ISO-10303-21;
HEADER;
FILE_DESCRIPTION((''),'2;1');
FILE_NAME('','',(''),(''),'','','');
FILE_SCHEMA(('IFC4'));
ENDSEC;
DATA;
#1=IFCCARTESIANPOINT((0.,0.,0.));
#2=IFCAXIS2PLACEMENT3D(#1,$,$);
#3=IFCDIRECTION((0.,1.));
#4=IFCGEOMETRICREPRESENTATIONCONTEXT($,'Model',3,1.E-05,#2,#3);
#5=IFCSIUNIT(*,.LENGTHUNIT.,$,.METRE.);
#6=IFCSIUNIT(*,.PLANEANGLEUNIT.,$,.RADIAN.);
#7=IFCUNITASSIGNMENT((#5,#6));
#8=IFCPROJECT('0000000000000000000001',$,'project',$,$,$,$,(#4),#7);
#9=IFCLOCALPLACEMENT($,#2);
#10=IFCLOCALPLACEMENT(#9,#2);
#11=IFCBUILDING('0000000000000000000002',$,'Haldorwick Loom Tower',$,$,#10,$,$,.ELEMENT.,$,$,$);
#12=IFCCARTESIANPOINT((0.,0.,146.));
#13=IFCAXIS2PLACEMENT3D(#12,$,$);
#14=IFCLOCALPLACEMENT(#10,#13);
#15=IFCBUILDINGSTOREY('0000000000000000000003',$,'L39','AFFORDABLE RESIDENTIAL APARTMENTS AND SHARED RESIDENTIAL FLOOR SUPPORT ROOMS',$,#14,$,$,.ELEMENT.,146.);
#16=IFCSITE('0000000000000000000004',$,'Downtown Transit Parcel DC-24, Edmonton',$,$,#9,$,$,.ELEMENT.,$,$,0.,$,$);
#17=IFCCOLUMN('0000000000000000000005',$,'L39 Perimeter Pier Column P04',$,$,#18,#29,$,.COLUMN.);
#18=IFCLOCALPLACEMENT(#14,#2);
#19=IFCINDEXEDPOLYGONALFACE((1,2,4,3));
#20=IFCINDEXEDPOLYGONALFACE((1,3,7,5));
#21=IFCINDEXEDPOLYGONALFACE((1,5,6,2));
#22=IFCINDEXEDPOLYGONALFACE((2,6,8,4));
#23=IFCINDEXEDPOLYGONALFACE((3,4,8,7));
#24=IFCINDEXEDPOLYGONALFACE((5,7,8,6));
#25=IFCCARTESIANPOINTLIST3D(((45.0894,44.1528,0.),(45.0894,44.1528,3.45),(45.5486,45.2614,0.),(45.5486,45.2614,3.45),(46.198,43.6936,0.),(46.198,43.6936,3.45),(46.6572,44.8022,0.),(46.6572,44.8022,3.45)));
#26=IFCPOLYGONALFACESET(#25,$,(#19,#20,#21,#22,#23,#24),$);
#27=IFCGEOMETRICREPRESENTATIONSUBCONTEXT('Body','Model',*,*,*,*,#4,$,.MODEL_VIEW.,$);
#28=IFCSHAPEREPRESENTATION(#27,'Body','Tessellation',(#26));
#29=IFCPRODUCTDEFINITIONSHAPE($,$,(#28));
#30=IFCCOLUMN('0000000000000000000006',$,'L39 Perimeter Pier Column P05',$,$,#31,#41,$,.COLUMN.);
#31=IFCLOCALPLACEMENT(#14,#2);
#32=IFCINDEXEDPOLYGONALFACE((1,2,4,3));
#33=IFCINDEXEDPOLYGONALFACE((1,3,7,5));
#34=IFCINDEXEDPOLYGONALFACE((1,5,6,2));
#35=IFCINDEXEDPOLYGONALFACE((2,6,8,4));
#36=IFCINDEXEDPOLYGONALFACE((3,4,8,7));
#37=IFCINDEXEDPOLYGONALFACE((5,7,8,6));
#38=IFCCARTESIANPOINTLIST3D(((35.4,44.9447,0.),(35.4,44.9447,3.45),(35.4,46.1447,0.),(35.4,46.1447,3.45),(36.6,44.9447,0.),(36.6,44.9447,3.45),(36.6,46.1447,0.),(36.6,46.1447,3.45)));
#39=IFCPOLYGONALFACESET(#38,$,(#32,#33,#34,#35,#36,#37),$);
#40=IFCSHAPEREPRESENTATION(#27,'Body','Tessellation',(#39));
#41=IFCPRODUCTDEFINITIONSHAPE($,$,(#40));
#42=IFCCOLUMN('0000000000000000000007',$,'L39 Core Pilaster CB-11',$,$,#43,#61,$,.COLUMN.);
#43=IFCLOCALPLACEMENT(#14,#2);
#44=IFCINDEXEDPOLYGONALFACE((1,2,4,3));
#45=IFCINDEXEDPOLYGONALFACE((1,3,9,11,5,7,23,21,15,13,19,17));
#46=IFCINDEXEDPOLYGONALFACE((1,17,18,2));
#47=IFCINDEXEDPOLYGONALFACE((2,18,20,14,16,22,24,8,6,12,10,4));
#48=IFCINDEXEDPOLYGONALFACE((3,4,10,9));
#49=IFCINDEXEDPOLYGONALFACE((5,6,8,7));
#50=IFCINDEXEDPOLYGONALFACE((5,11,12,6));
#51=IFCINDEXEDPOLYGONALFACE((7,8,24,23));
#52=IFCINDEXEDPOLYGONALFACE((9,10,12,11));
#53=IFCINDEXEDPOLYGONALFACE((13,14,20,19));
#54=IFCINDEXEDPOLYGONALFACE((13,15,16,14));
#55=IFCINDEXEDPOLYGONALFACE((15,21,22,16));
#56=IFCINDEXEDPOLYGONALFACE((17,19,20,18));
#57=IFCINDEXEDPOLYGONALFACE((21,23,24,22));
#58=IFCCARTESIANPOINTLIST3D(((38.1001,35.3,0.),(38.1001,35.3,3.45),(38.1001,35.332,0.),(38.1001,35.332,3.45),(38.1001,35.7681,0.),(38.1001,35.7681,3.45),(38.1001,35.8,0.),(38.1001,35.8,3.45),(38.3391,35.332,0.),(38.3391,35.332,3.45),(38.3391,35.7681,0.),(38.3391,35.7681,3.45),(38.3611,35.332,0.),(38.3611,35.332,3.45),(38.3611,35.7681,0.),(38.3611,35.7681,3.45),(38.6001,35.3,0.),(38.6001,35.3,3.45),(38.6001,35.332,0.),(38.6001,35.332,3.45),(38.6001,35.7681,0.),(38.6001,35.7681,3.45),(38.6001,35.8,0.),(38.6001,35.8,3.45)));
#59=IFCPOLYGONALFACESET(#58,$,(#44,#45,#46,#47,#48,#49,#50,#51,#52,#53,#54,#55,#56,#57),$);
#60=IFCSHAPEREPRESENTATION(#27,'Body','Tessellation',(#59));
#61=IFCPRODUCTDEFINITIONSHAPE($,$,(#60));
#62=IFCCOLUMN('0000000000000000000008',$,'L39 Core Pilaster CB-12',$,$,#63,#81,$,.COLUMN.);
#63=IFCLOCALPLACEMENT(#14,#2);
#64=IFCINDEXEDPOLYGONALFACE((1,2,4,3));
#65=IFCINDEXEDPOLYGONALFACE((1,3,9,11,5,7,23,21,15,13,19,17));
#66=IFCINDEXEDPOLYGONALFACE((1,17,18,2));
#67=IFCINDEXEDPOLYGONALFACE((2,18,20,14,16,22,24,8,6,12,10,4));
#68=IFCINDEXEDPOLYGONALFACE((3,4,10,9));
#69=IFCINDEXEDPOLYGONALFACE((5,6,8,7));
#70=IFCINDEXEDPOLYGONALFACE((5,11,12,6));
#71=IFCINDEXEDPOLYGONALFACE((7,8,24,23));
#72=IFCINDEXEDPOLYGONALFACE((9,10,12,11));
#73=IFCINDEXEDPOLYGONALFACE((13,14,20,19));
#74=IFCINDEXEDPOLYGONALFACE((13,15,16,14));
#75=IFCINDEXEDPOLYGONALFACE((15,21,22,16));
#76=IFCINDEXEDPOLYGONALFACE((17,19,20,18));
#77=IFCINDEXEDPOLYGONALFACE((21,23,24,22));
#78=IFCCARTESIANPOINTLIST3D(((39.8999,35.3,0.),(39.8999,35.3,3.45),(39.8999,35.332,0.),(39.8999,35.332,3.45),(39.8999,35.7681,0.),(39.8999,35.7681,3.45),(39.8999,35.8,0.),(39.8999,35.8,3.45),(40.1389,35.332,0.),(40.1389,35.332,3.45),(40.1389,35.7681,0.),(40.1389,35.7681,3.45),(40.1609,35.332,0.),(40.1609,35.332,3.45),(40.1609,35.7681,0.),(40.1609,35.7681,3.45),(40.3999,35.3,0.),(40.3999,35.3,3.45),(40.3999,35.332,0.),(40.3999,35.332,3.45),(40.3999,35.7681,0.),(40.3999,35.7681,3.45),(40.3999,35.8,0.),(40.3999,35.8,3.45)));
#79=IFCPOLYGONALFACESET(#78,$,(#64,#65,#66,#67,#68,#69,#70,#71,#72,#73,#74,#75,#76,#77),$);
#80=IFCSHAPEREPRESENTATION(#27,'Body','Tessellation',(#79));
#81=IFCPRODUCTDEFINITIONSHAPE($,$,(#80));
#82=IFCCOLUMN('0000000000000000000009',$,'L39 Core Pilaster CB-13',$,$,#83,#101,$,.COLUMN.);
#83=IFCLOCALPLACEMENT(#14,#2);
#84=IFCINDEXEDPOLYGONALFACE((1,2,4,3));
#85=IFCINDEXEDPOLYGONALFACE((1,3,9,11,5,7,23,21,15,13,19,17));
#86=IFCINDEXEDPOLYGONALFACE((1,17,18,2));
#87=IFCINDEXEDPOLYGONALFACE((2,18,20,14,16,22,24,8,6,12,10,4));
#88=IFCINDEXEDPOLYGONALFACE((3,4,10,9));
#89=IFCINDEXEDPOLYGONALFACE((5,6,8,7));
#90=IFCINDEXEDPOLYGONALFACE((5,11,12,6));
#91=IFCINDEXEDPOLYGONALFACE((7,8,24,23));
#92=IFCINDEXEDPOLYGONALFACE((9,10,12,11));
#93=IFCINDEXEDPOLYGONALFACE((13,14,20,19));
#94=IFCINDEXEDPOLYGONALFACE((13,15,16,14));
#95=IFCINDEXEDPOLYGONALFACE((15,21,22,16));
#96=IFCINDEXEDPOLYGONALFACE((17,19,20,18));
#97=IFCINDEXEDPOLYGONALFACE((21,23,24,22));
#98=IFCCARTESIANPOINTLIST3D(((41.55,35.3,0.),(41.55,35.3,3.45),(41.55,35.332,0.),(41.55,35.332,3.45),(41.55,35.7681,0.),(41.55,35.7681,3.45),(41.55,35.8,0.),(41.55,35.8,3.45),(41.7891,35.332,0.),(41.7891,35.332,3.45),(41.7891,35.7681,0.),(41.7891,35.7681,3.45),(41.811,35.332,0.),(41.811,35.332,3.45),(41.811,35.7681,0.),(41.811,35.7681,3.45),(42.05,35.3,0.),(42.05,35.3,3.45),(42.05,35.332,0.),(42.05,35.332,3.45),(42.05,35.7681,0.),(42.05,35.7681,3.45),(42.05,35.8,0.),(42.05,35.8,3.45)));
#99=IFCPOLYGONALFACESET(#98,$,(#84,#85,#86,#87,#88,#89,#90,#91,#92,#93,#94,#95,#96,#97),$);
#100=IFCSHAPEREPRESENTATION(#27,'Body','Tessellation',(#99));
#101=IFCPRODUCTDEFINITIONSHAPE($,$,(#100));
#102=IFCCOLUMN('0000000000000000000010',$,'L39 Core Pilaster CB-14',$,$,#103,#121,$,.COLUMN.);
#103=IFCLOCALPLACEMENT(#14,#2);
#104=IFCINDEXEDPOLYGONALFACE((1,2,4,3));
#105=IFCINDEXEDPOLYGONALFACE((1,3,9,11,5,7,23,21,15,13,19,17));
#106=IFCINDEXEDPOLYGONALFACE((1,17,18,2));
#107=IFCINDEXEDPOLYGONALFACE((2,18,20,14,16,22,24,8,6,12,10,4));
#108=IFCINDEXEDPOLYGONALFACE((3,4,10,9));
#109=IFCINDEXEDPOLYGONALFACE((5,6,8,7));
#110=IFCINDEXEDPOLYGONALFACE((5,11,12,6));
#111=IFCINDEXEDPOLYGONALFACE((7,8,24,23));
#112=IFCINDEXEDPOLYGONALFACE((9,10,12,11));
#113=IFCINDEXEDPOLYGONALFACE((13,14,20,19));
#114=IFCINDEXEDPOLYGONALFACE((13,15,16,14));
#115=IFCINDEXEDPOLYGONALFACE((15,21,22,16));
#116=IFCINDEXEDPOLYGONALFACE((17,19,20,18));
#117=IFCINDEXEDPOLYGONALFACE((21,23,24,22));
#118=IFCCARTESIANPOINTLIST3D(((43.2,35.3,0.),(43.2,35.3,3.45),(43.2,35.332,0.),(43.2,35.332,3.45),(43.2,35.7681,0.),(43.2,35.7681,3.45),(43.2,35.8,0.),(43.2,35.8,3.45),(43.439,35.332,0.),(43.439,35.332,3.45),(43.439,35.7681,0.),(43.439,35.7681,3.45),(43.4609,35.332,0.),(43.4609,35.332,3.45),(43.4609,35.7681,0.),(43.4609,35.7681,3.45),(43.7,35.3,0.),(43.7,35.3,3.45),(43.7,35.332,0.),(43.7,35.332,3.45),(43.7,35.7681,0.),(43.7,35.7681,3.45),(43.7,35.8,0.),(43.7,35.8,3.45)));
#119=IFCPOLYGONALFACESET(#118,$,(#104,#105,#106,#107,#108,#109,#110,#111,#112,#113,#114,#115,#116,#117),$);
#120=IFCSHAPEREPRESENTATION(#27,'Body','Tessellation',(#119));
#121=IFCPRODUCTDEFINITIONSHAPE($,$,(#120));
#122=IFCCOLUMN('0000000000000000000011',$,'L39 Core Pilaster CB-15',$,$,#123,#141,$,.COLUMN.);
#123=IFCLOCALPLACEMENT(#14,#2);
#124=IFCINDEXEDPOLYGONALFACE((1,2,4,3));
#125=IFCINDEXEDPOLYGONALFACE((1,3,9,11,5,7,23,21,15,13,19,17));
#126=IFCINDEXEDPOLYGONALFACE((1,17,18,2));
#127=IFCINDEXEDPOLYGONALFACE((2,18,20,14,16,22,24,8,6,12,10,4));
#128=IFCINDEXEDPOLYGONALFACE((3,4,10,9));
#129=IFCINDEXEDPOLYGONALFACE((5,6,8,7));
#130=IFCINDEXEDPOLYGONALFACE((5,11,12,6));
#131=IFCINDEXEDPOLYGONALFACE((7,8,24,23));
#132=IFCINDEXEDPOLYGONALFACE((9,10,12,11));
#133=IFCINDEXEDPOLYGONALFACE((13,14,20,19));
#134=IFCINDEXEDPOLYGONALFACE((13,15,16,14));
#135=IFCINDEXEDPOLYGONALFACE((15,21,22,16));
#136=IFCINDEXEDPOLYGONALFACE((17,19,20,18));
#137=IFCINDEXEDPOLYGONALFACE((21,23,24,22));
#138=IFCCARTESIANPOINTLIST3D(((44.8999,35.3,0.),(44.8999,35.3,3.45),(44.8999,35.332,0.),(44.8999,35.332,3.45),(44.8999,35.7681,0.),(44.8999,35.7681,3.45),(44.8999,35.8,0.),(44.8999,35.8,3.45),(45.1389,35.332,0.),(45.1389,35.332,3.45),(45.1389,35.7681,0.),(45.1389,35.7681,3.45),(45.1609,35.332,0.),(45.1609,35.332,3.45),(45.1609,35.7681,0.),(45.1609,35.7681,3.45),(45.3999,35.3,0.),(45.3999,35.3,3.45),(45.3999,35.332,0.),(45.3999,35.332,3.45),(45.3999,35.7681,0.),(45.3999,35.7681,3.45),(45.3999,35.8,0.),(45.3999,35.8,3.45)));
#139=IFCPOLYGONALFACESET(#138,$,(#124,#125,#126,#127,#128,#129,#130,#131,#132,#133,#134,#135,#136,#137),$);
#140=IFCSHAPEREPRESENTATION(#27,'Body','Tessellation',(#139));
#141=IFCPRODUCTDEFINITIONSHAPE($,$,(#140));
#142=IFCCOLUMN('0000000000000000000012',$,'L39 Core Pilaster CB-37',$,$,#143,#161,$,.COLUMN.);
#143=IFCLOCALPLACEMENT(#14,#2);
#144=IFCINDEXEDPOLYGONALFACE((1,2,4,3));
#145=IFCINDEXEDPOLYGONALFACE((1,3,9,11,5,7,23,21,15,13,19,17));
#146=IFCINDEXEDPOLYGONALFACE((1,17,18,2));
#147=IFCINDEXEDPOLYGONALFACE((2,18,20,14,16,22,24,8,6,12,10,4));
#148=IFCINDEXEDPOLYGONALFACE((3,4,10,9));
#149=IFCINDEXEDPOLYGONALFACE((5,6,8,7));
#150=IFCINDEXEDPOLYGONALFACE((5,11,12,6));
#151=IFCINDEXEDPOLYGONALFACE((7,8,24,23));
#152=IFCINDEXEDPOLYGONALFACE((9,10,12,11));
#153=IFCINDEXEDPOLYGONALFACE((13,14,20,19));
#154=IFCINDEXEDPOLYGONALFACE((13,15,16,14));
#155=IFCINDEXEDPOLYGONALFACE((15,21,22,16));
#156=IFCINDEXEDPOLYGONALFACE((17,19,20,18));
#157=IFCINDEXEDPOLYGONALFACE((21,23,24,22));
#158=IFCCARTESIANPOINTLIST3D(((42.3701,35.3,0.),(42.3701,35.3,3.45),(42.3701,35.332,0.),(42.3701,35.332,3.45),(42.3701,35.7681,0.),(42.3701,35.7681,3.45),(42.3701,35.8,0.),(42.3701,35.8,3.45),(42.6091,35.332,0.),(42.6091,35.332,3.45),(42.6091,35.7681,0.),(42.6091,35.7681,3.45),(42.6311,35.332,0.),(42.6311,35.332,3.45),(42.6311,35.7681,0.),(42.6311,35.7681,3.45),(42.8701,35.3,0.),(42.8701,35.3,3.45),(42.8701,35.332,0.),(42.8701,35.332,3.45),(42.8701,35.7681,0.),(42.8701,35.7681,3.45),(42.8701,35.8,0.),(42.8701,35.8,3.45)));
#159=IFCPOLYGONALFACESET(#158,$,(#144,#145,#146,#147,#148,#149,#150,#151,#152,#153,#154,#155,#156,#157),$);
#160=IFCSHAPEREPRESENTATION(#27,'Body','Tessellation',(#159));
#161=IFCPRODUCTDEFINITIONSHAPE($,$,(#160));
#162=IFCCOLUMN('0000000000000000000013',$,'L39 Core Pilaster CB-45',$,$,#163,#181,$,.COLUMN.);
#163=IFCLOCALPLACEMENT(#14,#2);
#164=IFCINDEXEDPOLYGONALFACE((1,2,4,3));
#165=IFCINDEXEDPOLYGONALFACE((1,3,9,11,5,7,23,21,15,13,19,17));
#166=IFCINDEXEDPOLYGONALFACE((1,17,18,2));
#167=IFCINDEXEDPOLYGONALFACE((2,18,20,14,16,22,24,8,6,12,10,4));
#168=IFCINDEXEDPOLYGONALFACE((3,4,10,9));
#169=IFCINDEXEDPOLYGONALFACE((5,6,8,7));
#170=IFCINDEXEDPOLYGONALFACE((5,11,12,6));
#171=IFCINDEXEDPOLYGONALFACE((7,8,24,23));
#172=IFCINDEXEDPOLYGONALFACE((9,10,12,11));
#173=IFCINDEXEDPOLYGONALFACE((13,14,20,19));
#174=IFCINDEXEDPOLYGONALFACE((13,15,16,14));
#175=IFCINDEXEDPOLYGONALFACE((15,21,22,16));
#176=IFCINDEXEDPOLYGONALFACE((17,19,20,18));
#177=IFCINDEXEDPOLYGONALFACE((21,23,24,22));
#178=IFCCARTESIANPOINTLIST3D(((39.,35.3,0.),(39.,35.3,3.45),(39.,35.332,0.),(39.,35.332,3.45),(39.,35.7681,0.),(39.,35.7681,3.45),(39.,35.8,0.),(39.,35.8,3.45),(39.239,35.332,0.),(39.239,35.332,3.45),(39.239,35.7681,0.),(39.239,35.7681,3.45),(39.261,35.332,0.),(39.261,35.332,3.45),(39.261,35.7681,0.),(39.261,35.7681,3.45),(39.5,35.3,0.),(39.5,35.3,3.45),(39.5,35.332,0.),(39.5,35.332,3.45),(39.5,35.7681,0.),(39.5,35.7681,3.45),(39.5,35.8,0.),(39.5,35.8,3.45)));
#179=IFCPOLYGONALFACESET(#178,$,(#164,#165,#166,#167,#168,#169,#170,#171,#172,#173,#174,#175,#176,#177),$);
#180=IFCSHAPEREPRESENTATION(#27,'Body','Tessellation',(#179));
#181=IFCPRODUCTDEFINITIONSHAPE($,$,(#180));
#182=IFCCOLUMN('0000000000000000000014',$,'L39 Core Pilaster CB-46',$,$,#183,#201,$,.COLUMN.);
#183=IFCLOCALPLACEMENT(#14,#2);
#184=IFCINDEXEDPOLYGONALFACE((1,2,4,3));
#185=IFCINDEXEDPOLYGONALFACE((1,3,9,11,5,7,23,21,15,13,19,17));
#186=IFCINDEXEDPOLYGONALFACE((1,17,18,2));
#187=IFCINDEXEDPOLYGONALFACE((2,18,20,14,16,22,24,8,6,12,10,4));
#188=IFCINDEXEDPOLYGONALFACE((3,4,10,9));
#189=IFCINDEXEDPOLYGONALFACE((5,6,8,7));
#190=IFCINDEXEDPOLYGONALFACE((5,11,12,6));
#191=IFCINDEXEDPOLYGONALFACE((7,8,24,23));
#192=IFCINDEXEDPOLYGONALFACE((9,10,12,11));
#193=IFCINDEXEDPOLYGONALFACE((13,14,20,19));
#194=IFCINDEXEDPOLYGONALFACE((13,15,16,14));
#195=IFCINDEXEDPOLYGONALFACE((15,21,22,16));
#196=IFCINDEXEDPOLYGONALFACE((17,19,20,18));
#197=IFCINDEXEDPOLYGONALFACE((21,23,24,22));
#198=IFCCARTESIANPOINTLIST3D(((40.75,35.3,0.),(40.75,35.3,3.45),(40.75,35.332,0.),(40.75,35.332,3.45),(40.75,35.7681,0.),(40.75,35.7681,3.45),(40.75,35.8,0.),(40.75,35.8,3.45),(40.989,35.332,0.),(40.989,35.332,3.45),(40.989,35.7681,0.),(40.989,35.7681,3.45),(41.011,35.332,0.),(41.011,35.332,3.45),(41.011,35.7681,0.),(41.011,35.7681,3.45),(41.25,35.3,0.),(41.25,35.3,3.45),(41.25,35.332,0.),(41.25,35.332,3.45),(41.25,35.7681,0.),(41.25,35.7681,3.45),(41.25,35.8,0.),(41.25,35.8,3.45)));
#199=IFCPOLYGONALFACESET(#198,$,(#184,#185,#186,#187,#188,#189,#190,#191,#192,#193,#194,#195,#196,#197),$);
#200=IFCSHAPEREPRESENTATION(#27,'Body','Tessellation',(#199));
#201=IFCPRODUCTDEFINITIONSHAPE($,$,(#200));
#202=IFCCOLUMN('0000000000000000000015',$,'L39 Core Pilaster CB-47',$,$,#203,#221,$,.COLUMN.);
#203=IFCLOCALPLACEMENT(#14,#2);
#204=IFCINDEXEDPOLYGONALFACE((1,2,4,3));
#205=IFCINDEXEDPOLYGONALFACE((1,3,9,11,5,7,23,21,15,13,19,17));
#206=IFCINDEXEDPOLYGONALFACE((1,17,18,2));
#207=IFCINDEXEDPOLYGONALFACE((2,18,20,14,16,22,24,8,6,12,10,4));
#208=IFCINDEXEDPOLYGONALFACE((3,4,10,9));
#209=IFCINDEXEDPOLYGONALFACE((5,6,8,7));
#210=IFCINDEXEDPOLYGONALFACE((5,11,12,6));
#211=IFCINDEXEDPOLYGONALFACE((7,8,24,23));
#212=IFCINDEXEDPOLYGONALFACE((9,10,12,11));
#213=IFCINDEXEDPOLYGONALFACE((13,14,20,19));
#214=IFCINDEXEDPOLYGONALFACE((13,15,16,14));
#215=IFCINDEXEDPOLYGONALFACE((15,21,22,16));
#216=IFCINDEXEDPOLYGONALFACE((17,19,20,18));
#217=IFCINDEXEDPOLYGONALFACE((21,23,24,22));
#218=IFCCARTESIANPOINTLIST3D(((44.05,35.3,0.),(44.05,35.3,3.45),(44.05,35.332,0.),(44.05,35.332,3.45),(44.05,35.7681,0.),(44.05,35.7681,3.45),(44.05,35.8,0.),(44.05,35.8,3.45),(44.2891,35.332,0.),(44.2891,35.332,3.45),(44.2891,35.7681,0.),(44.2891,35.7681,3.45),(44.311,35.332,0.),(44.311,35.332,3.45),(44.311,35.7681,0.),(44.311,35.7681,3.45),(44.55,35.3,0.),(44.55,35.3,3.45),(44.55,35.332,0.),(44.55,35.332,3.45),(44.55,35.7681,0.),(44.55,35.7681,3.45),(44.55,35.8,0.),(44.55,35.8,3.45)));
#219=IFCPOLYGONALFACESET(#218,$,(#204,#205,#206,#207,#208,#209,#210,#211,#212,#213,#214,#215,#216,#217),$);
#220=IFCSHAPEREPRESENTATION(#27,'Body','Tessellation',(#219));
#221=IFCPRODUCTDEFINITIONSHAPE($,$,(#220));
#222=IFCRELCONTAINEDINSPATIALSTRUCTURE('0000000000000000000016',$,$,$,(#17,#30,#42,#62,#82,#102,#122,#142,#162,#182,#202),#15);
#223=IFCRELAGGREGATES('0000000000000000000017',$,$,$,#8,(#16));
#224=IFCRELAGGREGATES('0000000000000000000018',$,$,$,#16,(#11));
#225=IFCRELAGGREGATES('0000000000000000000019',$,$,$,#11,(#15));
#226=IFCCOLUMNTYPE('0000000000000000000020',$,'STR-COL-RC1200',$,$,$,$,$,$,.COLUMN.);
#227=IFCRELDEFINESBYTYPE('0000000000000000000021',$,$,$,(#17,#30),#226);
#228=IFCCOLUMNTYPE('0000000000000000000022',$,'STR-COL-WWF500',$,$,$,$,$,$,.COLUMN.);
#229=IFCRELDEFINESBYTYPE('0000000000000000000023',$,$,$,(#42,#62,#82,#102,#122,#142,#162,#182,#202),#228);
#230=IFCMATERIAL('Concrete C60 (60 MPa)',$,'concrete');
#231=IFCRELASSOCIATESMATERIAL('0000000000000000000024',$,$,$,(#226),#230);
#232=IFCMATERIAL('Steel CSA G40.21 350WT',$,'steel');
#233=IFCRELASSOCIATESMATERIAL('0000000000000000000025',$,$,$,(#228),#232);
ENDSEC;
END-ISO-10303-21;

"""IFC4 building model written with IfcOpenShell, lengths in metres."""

from ifc_helpers import new_model, si_unit, direction, frame, origin, origin_2d, place, context, subcontext, project, spatial, rectangle, i_section, extrude, material, material_profile, profile_set, type_object, element, save


model = new_model("IFC4")

# Units and contexts
model_context = context("Model", 3, precision=1e-05, world=origin(), true_north=direction((0.0, 1.0)))
body_context = subcontext(model_context, "Body", "Model", "MODEL_VIEW")
ifc_project = project(units=[si_unit("LENGTHUNIT", "METRE"), si_unit("PLANEANGLEUNIT", "RADIAN")], contexts=[model_context])

# Site, building, storey
site_placement = place(None, origin())
site = spatial("IfcSite", under=ifc_project, at=site_placement, Name="Downtown Transit Parcel DC-24, Edmonton", CompositionType="ELEMENT", RefElevation=0.0)
building_placement = place(site_placement, origin())
building = spatial("IfcBuilding", under=site, at=building_placement, Name="Haldorwick Loom Tower", CompositionType="ELEMENT")
storey_placement = place(building_placement, frame((0.0, 0.0, 146.0)))
storey = spatial("IfcBuildingStorey", under=building, at=storey_placement, Name="L39", Description="AFFORDABLE RESIDENTIAL APARTMENTS AND SHARED RESIDENTIAL FLOOR SUPPORT ROOMS", CompositionType="ELEMENT", Elevation=146.0)

# Columns
ifc_material_1 = material(Name="Concrete C60 (60 MPa)", Category="concrete")
ifc_material_profile_1 = material_profile(ifc_material_1, rectangle(XDim=1.2, YDim=1.2, at=origin_2d()), Name="RC1200X1200", Category="concrete")
ifc_profile_set_1 = profile_set([ifc_material_profile_1], Name="Concrete C60 (60 MPa)")
column_type_1 = type_object("IfcColumnType", Name="STR-COL-RC1200", PredefinedType="COLUMN", material=ifc_profile_set_1)
for number, where, z_axis, x_axis, name in (
    (1, (45.8733, 44.4775, 0.0), (0.0, 0.0, 1.0), (0.382683, 0.92388, 0.0), "L39 Perimeter Pier Column P04"),
    (2, (36.0, 45.5447, 0.0), (0.0, 0.0, 1.0), (0.0, 1.0, 0.0), "L39 Perimeter Pier Column P05"),
):
    element("IfcColumn", number, at=place(storey_placement, frame(where, z_axis=z_axis, x_axis=x_axis)), inside=storey, type_object=column_type_1, Name=name, PredefinedType="COLUMN", context=body_context, shape_type="SweptSolid", body=[
        extrude(rectangle(XDim=1.2, YDim=1.2, at=origin_2d()), origin(), (0.0, 0.0, 1.0), 3.45),
    ])
ifc_material_2 = material(Name="Steel CSA G40.21 350WT", Category="steel")
ifc_material_profile_2 = material_profile(ifc_material_2, i_section(OverallWidth=0.5, OverallDepth=0.5, WebThickness=0.022, FlangeThickness=0.032, at=origin_2d()), Name="WWF500X500", Category="steel")
ifc_profile_set_2 = profile_set([ifc_material_profile_2], Name="Steel CSA G40.21 350WT")
column_type_2 = type_object("IfcColumnType", Name="STR-COL-WWF500", PredefinedType="COLUMN", material=ifc_profile_set_2)
for number, where, z_axis, x_axis, name in (
    (3, (38.3501, 35.55, 0.0), (0.0, 0.0, 1.0), (1.0, 0.0, 0.0), "L39 Core Pilaster CB-11"),
    (4, (40.1499, 35.55, 0.0), (0.0, 0.0, 1.0), (1.0, 0.0, 0.0), "L39 Core Pilaster CB-12"),
    (5, (41.8, 35.55, 0.0), (0.0, 0.0, 1.0), (1.0, 0.0, 0.0), "L39 Core Pilaster CB-13"),
    (6, (43.45, 35.55, 0.0), (0.0, 0.0, 1.0), (1.0, 0.0, 0.0), "L39 Core Pilaster CB-14"),
    (7, (45.1499, 35.55, 0.0), (0.0, 0.0, 1.0), (1.0, 0.0, 0.0), "L39 Core Pilaster CB-15"),
    (8, (42.6201, 35.55, 0.0), (0.0, 0.0, 1.0), (1.0, 0.0, 0.0), "L39 Core Pilaster CB-37"),
    (9, (39.25, 35.55, 0.0), (0.0, 0.0, 1.0), (1.0, 0.0, 0.0), "L39 Core Pilaster CB-45"),
    (10, (41.0, 35.55, 0.0), (0.0, 0.0, 1.0), (1.0, 0.0, 0.0), "L39 Core Pilaster CB-46"),
    (11, (44.3, 35.55, 0.0), (0.0, 0.0, 1.0), (1.0, 0.0, 0.0), "L39 Core Pilaster CB-47"),
):
    element("IfcColumn", number, at=place(storey_placement, frame(where, z_axis=z_axis, x_axis=x_axis)), inside=storey, type_object=column_type_2, Name=name, PredefinedType="COLUMN", context=body_context, shape_type="SweptSolid", body=[
        extrude(i_section(OverallWidth=0.5, OverallDepth=0.5, WebThickness=0.022, FlangeThickness=0.032, at=origin_2d()), origin(), (0.0, 0.0, 1.0), 3.45),
    ])

save(model, "model.ifc")
